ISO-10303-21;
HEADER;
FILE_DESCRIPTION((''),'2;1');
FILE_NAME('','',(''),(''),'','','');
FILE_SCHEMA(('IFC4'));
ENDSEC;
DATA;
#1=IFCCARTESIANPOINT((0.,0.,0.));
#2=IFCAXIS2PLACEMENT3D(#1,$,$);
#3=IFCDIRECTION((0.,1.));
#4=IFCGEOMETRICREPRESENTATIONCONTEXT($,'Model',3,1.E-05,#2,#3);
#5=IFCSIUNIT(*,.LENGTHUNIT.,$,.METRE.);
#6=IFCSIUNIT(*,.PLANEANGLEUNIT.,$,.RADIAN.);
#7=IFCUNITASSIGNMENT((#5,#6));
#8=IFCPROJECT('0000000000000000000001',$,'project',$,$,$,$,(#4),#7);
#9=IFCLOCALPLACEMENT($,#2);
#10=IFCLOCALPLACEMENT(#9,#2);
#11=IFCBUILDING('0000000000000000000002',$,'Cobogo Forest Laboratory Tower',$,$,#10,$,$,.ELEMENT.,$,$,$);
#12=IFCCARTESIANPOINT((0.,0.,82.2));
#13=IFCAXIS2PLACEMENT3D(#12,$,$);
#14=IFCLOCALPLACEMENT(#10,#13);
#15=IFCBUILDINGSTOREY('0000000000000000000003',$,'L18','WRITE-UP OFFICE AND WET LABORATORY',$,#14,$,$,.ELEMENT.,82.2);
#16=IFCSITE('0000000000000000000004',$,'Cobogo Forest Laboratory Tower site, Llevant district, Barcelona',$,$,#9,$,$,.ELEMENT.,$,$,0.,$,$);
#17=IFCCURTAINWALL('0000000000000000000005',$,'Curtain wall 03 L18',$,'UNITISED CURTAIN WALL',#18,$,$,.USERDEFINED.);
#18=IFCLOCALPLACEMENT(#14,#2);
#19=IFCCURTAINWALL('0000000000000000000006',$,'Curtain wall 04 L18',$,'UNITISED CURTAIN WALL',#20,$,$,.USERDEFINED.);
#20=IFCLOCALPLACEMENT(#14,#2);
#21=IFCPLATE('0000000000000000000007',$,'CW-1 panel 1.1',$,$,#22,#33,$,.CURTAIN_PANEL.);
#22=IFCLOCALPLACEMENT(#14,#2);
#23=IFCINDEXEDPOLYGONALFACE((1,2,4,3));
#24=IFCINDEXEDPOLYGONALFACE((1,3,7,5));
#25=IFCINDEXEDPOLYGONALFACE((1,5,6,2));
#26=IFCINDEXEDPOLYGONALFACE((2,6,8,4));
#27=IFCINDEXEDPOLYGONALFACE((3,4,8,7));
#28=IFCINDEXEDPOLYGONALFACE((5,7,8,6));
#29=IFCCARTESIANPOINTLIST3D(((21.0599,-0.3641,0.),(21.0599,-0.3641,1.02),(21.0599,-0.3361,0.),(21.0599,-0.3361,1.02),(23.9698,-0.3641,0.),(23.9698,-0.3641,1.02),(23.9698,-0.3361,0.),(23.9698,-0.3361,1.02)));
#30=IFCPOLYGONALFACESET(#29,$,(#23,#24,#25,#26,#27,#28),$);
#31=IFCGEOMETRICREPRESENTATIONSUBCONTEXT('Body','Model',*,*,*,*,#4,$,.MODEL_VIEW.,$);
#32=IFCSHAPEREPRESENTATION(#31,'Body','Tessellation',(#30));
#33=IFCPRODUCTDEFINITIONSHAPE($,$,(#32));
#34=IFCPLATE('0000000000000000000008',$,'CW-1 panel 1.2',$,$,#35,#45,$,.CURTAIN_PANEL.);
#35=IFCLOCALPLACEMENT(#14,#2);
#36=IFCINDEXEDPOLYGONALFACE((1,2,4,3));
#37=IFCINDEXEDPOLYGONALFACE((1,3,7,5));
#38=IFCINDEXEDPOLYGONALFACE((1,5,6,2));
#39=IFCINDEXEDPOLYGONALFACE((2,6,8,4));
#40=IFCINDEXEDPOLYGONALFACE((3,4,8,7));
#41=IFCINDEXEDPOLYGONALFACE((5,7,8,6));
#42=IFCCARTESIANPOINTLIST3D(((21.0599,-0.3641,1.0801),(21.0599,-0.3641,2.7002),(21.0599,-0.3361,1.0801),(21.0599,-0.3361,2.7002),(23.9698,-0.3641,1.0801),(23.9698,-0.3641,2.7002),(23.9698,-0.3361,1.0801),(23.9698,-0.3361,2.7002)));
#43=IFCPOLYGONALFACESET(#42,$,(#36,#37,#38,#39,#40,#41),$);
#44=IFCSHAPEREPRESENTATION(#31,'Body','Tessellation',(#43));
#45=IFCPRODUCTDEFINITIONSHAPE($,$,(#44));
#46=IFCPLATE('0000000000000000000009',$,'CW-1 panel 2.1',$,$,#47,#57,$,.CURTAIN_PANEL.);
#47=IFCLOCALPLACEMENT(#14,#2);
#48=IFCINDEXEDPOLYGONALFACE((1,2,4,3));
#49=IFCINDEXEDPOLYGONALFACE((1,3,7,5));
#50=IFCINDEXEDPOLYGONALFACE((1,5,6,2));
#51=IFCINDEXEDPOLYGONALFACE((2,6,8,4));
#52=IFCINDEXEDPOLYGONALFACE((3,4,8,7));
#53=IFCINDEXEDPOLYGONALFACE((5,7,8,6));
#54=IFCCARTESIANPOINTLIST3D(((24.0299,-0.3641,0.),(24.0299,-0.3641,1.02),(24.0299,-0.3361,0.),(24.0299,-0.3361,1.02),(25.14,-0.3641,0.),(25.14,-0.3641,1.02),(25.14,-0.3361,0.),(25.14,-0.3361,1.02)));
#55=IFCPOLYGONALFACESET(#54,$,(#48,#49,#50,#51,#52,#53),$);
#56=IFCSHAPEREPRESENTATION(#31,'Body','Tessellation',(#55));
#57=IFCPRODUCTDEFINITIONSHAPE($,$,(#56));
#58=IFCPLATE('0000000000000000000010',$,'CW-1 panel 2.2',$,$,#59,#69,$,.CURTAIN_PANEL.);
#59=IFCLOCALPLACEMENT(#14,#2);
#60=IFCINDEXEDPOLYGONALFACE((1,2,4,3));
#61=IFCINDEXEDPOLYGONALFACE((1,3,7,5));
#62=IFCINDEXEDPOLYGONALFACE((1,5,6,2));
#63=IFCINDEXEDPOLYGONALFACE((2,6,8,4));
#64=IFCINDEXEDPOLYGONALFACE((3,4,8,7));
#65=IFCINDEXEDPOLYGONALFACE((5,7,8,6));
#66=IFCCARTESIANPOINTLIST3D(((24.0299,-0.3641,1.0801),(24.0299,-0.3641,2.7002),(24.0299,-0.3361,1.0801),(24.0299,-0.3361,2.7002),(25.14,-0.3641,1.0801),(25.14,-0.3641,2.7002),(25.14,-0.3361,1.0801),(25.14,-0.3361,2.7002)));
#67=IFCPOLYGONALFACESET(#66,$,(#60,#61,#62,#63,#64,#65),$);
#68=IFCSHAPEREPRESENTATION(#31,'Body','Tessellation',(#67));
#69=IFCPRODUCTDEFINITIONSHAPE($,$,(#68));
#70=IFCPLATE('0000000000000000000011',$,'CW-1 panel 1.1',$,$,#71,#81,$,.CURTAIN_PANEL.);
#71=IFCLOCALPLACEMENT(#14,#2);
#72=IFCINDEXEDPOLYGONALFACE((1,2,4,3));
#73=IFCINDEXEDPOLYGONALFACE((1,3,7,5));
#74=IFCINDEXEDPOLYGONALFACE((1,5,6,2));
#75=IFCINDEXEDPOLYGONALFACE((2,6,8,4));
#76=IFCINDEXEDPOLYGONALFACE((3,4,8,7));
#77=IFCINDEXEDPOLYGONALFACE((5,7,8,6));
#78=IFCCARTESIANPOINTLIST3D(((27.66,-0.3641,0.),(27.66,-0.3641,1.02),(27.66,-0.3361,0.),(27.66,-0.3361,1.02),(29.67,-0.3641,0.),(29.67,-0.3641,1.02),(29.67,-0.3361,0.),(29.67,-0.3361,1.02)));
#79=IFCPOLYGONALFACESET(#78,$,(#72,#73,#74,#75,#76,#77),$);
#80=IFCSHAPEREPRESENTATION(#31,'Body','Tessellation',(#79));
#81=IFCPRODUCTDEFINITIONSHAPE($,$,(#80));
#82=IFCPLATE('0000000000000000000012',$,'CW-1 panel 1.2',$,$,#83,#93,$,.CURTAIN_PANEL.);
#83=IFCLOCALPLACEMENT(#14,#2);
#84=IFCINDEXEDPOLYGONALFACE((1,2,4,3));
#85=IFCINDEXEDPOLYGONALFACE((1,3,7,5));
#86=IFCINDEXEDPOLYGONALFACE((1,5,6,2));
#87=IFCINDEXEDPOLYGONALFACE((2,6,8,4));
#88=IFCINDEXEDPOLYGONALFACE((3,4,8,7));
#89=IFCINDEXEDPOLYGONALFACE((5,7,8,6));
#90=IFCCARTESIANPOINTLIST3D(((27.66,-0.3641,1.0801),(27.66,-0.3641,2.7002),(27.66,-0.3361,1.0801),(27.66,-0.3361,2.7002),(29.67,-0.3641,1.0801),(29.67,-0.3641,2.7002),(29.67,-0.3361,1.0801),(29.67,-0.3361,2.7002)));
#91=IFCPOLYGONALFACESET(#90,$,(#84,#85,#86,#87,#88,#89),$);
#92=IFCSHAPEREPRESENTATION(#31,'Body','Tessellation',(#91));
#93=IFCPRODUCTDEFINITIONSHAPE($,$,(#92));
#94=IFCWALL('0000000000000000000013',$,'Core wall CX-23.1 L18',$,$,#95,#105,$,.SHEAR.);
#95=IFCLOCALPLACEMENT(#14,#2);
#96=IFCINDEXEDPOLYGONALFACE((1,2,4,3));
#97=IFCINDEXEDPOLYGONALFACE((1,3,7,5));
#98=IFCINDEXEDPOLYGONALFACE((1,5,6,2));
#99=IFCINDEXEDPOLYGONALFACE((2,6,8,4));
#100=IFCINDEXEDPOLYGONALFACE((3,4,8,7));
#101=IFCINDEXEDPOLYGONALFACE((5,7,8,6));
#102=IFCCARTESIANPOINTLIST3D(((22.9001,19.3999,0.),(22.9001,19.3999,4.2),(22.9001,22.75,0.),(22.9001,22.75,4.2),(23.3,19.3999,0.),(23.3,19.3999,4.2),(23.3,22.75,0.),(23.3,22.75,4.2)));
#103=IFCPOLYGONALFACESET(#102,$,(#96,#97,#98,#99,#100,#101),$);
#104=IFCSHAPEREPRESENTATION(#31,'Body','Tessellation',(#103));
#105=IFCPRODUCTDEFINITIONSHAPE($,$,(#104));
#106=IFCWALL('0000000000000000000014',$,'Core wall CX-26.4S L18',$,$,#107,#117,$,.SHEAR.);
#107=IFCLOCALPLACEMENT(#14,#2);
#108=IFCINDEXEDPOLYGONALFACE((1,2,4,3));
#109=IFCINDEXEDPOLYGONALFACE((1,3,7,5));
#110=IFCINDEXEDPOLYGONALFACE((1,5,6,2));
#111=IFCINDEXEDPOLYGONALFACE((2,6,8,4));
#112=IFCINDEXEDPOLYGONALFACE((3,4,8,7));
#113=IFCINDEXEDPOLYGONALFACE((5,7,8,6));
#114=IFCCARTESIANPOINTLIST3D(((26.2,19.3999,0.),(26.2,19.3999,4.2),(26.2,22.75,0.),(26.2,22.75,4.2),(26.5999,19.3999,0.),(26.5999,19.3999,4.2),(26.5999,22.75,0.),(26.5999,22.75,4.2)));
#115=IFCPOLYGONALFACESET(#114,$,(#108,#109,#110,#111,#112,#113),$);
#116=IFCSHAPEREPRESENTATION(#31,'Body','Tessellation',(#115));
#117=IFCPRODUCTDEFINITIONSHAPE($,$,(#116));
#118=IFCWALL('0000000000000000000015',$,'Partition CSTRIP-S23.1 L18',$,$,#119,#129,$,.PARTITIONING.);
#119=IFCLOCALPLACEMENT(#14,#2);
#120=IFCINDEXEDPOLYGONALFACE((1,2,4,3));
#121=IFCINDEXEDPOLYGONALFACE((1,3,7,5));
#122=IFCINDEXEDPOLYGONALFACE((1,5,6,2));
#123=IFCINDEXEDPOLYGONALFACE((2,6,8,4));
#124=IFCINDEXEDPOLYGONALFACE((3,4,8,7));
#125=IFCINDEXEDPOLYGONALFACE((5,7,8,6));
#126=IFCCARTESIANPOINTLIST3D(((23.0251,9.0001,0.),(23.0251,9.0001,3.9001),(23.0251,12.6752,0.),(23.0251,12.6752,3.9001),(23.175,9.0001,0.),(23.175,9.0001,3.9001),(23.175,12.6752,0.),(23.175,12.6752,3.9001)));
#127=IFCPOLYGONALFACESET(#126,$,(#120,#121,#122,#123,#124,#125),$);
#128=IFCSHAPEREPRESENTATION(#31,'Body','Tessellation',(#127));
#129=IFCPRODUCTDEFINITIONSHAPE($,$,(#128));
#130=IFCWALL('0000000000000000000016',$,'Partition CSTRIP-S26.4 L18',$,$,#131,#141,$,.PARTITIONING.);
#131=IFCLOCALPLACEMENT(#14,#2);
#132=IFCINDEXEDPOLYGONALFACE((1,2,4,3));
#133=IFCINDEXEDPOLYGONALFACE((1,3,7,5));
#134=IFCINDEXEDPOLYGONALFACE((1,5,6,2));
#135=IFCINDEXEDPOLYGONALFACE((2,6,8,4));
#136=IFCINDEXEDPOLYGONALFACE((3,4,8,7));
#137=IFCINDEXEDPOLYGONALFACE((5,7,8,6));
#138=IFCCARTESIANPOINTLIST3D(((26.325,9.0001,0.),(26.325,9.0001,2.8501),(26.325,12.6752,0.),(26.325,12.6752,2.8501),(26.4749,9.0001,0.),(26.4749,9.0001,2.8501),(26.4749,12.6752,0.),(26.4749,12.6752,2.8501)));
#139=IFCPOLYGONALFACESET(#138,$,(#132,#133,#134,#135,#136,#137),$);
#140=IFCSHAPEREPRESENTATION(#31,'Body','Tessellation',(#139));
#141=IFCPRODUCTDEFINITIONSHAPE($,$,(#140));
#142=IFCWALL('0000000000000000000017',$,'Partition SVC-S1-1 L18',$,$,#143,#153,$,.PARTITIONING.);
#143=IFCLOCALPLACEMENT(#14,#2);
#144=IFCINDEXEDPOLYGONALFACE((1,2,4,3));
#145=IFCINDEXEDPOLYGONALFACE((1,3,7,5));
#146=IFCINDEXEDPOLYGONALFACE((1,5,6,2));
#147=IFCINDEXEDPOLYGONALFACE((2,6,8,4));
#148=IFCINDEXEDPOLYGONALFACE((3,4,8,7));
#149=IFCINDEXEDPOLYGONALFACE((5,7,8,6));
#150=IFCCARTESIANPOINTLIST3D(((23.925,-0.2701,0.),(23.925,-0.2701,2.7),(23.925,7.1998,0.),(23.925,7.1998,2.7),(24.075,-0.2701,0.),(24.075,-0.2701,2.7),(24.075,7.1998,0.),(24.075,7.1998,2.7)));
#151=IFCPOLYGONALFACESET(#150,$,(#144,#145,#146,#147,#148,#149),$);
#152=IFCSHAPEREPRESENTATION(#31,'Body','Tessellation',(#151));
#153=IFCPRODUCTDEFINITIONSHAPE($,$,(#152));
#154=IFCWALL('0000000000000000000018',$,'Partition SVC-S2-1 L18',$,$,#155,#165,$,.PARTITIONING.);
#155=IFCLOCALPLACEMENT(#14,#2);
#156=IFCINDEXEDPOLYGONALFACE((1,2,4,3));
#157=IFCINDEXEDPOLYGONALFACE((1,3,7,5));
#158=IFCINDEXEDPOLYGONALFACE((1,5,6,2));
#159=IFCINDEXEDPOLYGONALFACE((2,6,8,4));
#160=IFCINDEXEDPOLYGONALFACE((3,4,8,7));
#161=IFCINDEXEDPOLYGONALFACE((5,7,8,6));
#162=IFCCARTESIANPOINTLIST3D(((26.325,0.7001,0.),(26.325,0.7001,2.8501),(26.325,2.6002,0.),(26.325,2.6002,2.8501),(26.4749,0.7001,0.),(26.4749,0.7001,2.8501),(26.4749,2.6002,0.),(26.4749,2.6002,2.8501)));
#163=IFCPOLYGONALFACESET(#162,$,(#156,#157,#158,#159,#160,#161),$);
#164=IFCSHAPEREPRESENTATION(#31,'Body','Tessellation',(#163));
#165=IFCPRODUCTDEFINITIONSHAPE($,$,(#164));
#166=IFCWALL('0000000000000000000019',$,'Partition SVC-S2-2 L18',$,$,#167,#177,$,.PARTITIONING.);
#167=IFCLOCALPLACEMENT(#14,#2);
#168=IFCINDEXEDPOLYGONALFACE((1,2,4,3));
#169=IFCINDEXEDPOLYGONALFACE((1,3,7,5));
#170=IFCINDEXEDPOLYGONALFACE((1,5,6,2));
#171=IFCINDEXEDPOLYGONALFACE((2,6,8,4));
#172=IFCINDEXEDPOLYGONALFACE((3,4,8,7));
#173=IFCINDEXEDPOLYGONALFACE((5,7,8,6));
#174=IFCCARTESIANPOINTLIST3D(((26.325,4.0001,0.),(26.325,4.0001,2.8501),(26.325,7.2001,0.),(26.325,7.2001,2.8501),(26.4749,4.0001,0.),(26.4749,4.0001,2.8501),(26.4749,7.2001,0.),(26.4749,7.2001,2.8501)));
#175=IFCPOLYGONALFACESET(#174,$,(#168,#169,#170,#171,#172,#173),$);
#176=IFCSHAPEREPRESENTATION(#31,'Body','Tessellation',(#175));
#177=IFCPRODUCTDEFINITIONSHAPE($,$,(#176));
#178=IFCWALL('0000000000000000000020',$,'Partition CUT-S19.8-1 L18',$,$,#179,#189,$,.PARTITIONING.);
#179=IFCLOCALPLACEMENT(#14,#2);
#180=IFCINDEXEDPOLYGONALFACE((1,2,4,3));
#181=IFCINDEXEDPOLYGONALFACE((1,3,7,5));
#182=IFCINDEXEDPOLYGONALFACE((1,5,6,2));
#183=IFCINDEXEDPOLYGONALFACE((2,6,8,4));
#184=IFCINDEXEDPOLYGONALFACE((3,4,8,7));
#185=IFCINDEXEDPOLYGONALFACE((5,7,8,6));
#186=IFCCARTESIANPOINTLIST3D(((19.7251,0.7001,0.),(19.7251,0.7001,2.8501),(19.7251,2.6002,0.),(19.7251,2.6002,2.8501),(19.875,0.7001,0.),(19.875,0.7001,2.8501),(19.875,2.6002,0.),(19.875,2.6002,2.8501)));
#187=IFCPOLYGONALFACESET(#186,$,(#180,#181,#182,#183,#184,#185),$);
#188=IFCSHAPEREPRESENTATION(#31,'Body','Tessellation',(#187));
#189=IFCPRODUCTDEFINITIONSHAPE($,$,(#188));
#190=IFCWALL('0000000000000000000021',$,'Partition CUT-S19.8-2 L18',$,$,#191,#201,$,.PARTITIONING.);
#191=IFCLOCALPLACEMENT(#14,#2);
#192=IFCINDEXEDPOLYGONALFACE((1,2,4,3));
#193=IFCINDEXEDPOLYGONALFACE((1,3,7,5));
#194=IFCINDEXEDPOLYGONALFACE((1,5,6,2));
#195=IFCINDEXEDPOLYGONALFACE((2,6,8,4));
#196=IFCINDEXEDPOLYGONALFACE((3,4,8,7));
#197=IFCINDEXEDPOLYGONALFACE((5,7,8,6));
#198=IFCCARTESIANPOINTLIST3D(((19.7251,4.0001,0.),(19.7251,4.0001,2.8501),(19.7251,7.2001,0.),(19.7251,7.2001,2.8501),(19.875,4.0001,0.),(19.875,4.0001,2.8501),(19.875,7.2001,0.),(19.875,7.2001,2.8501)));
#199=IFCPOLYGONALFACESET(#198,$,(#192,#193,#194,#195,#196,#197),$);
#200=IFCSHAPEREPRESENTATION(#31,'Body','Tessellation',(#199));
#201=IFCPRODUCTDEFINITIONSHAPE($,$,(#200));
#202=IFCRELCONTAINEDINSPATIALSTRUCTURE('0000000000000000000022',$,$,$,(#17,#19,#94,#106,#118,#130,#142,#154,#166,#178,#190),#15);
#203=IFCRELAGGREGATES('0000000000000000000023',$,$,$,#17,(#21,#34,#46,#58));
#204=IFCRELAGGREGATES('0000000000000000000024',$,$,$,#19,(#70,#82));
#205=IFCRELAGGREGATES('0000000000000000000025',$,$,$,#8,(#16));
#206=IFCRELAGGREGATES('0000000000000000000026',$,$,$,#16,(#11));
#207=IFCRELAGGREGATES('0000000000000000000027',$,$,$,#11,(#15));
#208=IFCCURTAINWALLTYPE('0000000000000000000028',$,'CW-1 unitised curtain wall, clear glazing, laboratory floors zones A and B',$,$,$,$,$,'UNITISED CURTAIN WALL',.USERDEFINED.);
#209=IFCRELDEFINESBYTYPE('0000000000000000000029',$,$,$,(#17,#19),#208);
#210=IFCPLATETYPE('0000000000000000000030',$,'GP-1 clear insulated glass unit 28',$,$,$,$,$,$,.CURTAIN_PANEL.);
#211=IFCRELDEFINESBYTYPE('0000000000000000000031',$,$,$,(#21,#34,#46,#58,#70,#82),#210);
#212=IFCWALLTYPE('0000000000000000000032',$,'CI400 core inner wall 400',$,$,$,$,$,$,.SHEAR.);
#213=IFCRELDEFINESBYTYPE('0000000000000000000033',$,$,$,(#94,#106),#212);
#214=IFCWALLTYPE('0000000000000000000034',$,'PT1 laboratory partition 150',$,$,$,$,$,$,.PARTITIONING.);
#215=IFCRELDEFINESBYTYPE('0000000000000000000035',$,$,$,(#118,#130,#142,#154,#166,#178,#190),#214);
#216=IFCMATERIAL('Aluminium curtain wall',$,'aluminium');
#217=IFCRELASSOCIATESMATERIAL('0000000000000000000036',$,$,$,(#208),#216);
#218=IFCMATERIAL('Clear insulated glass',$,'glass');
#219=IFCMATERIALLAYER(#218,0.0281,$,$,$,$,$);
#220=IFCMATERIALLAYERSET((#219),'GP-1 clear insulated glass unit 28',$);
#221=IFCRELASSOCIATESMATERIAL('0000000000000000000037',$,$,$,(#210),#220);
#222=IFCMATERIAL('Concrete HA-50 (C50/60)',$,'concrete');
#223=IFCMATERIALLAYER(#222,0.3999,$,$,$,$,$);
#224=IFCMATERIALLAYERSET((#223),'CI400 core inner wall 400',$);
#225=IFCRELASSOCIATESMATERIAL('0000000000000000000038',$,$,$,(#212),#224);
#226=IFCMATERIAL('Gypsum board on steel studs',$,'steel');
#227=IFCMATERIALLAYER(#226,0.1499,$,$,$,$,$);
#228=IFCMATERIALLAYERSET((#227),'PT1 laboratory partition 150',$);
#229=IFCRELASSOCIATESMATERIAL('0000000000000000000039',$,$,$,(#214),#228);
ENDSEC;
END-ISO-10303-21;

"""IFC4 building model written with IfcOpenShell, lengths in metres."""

from ifc_helpers import new_model, si_unit, direction, frame, frame_2d, origin, origin_2d, place, context, subcontext, project, spatial, rectangle, extrude, material, layer, layer_set, type_object, element, aggregate, save


model = new_model("IFC4")

# Units and contexts
model_context = context("Model", 3, precision=1e-05, world=origin(), true_north=direction((0.0, 1.0)))
body_context = subcontext(model_context, "Body", "Model", "MODEL_VIEW")
ifc_project = project(units=[si_unit("LENGTHUNIT", "METRE"), si_unit("PLANEANGLEUNIT", "RADIAN")], contexts=[model_context])

# Site, building, storey
site_placement = place(None, origin())
site = spatial("IfcSite", under=ifc_project, at=site_placement, Name="Cobogo Forest Laboratory Tower site, Llevant district, Barcelona", CompositionType="ELEMENT", RefElevation=0.0)
building_placement = place(site_placement, origin())
building = spatial("IfcBuilding", under=site, at=building_placement, Name="Cobogo Forest Laboratory Tower", CompositionType="ELEMENT")
storey_placement = place(building_placement, frame((0.0, 0.0, 82.2)))
storey = spatial("IfcBuildingStorey", under=building, at=storey_placement, Name="L18", Description="WRITE-UP OFFICE AND WET LABORATORY", CompositionType="ELEMENT", Elevation=82.2)

# Shared definitions
ifc_material_1 = material(Name="Concrete HA-50 (C50/60)", Category="concrete")

# Curtain walls
ifc_material_2 = material(Name="Aluminium curtain wall", Category="aluminium")
curtain_wall_type = type_object("IfcCurtainWallType", Name="CW-1 unitised curtain wall, clear glazing, laboratory floors zones A and B", ElementType="UNITISED CURTAIN WALL", PredefinedType="USERDEFINED", material=ifc_material_2)
curtain_wall_1_placement = place(storey_placement, origin())
curtain_wall_1 = element("IfcCurtainWall", 1, at=curtain_wall_1_placement, inside=storey, type_object=curtain_wall_type, Name="Curtain wall 03 L18", ObjectType="UNITISED CURTAIN WALL", PredefinedType="USERDEFINED")
curtain_wall_2_placement = place(storey_placement, origin())
curtain_wall_2 = element("IfcCurtainWall", 2, at=curtain_wall_2_placement, inside=storey, type_object=curtain_wall_type, Name="Curtain wall 04 L18", ObjectType="UNITISED CURTAIN WALL", PredefinedType="USERDEFINED")

# Plates
ifc_material_3 = material(Name="Clear insulated glass", Category="glass")
ifc_layer_1 = layer(ifc_material_3, 0.0281)
ifc_layer_set_1 = layer_set([ifc_layer_1], Name="GP-1 clear insulated glass unit 28")
plate_type_1 = type_object("IfcPlateType", Name="GP-1 clear insulated glass unit 28", PredefinedType="CURTAIN_PANEL", material=ifc_layer_set_1)
plate_1_placement = place(storey_placement, frame((22.5149, -0.3501, 0.0), z_axis=(0.0, 0.0, 1.0), x_axis=(1.0, 0.0, 0.0)))
plate_1 = element("IfcPlate", 3, at=plate_1_placement, type_object=plate_type_1, Name="CW-1 panel 1.1", PredefinedType="CURTAIN_PANEL", context=body_context, shape_type="SweptSolid", body=[
    extrude(rectangle(XDim=2.9099, YDim=0.0281, at=origin_2d()), origin(), (0.0, 0.0, 1.0), 1.02),
])
plate_2_placement = place(storey_placement, frame((22.5149, -0.3501, 1.0801), z_axis=(0.0, 0.0, 1.0), x_axis=(1.0, 0.0, 0.0)))
plate_2 = element("IfcPlate", 4, at=plate_2_placement, type_object=plate_type_1, Name="CW-1 panel 1.2", PredefinedType="CURTAIN_PANEL", context=body_context, shape_type="SweptSolid", body=[
    extrude(rectangle(XDim=2.9099, YDim=0.0281, at=origin_2d()), origin(), (0.0, 0.0, 1.0), 1.6201),
])
plate_3_placement = place(storey_placement, frame((24.585, -0.3501, 0.0), z_axis=(0.0, 0.0, 1.0), x_axis=(1.0, 0.0, 0.0)))
plate_3 = element("IfcPlate", 5, at=plate_3_placement, type_object=plate_type_1, Name="CW-1 panel 2.1", PredefinedType="CURTAIN_PANEL", context=body_context, shape_type="SweptSolid", body=[
    extrude(rectangle(XDim=1.1101, YDim=0.0281, at=origin_2d()), origin(), (0.0, 0.0, 1.0), 1.02),
])
plate_4_placement = place(storey_placement, frame((24.585, -0.3501, 1.0801), z_axis=(0.0, 0.0, 1.0), x_axis=(1.0, 0.0, 0.0)))
plate_4 = element("IfcPlate", 6, at=plate_4_placement, type_object=plate_type_1, Name="CW-1 panel 2.2", PredefinedType="CURTAIN_PANEL", context=body_context, shape_type="SweptSolid", body=[
    extrude(rectangle(XDim=1.1101, YDim=0.0281, at=origin_2d()), origin(), (0.0, 0.0, 1.0), 1.6201),
])
aggregate(curtain_wall_1, [plate_1, plate_2, plate_3, plate_4])
plate_5_placement = place(storey_placement, frame((28.665, -0.3501, 0.0), z_axis=(0.0, 0.0, 1.0), x_axis=(1.0, 0.0, 0.0)))
plate_5 = element("IfcPlate", 7, at=plate_5_placement, type_object=plate_type_1, Name="CW-1 panel 1.1", PredefinedType="CURTAIN_PANEL", context=body_context, shape_type="SweptSolid", body=[
    extrude(rectangle(XDim=2.01, YDim=0.0281, at=origin_2d()), origin(), (0.0, 0.0, 1.0), 1.02),
])
plate_6_placement = place(storey_placement, frame((28.665, -0.3501, 1.0801), z_axis=(0.0, 0.0, 1.0), x_axis=(1.0, 0.0, 0.0)))
plate_6 = element("IfcPlate", 8, at=plate_6_placement, type_object=plate_type_1, Name="CW-1 panel 1.2", PredefinedType="CURTAIN_PANEL", context=body_context, shape_type="SweptSolid", body=[
    extrude(rectangle(XDim=2.01, YDim=0.0281, at=origin_2d()), origin(), (0.0, 0.0, 1.0), 1.6201),
])
aggregate(curtain_wall_2, [plate_5, plate_6])

# Walls
ifc_layer_2 = layer(ifc_material_1, 0.3999)
ifc_layer_set_2 = layer_set([ifc_layer_2], Name="CI400 core inner wall 400")
wall_type_1 = type_object("IfcWallType", Name="CI400 core inner wall 400", PredefinedType="SHEAR", material=ifc_layer_set_2)
for number, where, z_axis, x_axis, name in (
    (9, (23.1001, 19.3999, 0.0), (0.0, 0.0, 1.0), (0.0, 1.0, 0.0), "Core wall CX-23.1 L18"),
    (10, (26.3999, 19.3999, 0.0), (0.0, 0.0, 1.0), (0.0, 1.0, 0.0), "Core wall CX-26.4S L18"),
):
    element("IfcWall", number, at=place(storey_placement, frame(where, z_axis=z_axis, x_axis=x_axis)), inside=storey, type_object=wall_type_1, Name=name, PredefinedType="SHEAR", context=body_context, shape_type="SweptSolid", body=[
        extrude(rectangle(XDim=3.3501, YDim=0.3999, at=frame_2d((1.675, 0.0))), origin(), (0.0, 0.0, 1.0), 4.2),
    ])
ifc_material_4 = material(Name="Gypsum board on steel studs", Category="steel")
ifc_layer_3 = layer(ifc_material_4, 0.1499)
ifc_layer_set_3 = layer_set([ifc_layer_3], Name="PT1 laboratory partition 150")
wall_type_2 = type_object("IfcWallType", Name="PT1 laboratory partition 150", PredefinedType="PARTITIONING", material=ifc_layer_set_3)
wall_1_placement = place(storey_placement, frame((23.1001, 12.675, 0.0), z_axis=(0.0, 0.0, 1.0), x_axis=(0.0, -1.0, 0.0)))
element("IfcWall", 11, at=wall_1_placement, inside=storey, type_object=wall_type_2, Name="Partition CSTRIP-S23.1 L18", PredefinedType="PARTITIONING", context=body_context, shape_type="SweptSolid", body=[
    extrude(rectangle(XDim=3.675, YDim=0.1499, at=frame_2d((1.8374, 0.0))), origin(), (0.0, 0.0, 1.0), 3.9001),
])
wall_2_placement = place(storey_placement, frame((26.3999, 12.675, 0.0), z_axis=(0.0, 0.0, 1.0), x_axis=(0.0, -1.0, 0.0)))
element("IfcWall", 12, at=wall_2_placement, inside=storey, type_object=wall_type_2, Name="Partition CSTRIP-S26.4 L18", PredefinedType="PARTITIONING", context=body_context, shape_type="SweptSolid", body=[
    extrude(rectangle(XDim=3.675, YDim=0.1499, at=frame_2d((1.8374, 0.0))), origin(), (0.0, 0.0, 1.0), 2.8501),
])
wall_3_placement = place(storey_placement, frame((24.0, -0.27, 0.0), z_axis=(0.0, 0.0, 1.0), x_axis=(0.0, 1.0, 0.0)))
element("IfcWall", 13, at=wall_3_placement, inside=storey, type_object=wall_type_2, Name="Partition SVC-S1-1 L18", PredefinedType="PARTITIONING", context=body_context, shape_type="SweptSolid", body=[
    extrude(rectangle(XDim=7.47, YDim=0.1499, at=frame_2d((3.7349, 0.0))), origin(), (0.0, 0.0, 1.0), 2.7),
])
wall_4_placement = place(storey_placement, frame((26.3999, 0.7, 0.0), z_axis=(0.0, 0.0, 1.0), x_axis=(0.0, 1.0, 0.0)))
element("IfcWall", 14, at=wall_4_placement, inside=storey, type_object=wall_type_2, Name="Partition SVC-S2-1 L18", PredefinedType="PARTITIONING", context=body_context, shape_type="SweptSolid", body=[
    extrude(rectangle(XDim=1.9001, YDim=0.1499, at=frame_2d((0.9502, 0.0))), origin(), (0.0, 0.0, 1.0), 2.8501),
])
wall_5_placement = place(storey_placement, frame((26.3999, 4.0, 0.0), z_axis=(0.0, 0.0, 1.0), x_axis=(0.0, 1.0, 0.0)))
element("IfcWall", 15, at=wall_5_placement, inside=storey, type_object=wall_type_2, Name="Partition SVC-S2-2 L18", PredefinedType="PARTITIONING", context=body_context, shape_type="SweptSolid", body=[
    extrude(rectangle(XDim=3.2, YDim=0.1499, at=frame_2d((1.6001, 0.0))), origin(), (0.0, 0.0, 1.0), 2.8501),
])
wall_6_placement = place(storey_placement, frame((19.8, 0.7, 0.0), z_axis=(0.0, 0.0, 1.0), x_axis=(0.0, 1.0, 0.0)))
element("IfcWall", 16, at=wall_6_placement, inside=storey, type_object=wall_type_2, Name="Partition CUT-S19.8-1 L18", PredefinedType="PARTITIONING", context=body_context, shape_type="SweptSolid", body=[
    extrude(rectangle(XDim=1.9001, YDim=0.1499, at=frame_2d((0.9502, 0.0))), origin(), (0.0, 0.0, 1.0), 2.8501),
])
wall_7_placement = place(storey_placement, frame((19.8, 4.0, 0.0), z_axis=(0.0, 0.0, 1.0), x_axis=(0.0, 1.0, 0.0)))
element("IfcWall", 17, at=wall_7_placement, inside=storey, type_object=wall_type_2, Name="Partition CUT-S19.8-2 L18", PredefinedType="PARTITIONING", context=body_context, shape_type="SweptSolid", body=[
    extrude(rectangle(XDim=3.2, YDim=0.1499, at=frame_2d((1.6001, 0.0))), origin(), (0.0, 0.0, 1.0), 2.8501),
])

save(model, "model.ifc")
